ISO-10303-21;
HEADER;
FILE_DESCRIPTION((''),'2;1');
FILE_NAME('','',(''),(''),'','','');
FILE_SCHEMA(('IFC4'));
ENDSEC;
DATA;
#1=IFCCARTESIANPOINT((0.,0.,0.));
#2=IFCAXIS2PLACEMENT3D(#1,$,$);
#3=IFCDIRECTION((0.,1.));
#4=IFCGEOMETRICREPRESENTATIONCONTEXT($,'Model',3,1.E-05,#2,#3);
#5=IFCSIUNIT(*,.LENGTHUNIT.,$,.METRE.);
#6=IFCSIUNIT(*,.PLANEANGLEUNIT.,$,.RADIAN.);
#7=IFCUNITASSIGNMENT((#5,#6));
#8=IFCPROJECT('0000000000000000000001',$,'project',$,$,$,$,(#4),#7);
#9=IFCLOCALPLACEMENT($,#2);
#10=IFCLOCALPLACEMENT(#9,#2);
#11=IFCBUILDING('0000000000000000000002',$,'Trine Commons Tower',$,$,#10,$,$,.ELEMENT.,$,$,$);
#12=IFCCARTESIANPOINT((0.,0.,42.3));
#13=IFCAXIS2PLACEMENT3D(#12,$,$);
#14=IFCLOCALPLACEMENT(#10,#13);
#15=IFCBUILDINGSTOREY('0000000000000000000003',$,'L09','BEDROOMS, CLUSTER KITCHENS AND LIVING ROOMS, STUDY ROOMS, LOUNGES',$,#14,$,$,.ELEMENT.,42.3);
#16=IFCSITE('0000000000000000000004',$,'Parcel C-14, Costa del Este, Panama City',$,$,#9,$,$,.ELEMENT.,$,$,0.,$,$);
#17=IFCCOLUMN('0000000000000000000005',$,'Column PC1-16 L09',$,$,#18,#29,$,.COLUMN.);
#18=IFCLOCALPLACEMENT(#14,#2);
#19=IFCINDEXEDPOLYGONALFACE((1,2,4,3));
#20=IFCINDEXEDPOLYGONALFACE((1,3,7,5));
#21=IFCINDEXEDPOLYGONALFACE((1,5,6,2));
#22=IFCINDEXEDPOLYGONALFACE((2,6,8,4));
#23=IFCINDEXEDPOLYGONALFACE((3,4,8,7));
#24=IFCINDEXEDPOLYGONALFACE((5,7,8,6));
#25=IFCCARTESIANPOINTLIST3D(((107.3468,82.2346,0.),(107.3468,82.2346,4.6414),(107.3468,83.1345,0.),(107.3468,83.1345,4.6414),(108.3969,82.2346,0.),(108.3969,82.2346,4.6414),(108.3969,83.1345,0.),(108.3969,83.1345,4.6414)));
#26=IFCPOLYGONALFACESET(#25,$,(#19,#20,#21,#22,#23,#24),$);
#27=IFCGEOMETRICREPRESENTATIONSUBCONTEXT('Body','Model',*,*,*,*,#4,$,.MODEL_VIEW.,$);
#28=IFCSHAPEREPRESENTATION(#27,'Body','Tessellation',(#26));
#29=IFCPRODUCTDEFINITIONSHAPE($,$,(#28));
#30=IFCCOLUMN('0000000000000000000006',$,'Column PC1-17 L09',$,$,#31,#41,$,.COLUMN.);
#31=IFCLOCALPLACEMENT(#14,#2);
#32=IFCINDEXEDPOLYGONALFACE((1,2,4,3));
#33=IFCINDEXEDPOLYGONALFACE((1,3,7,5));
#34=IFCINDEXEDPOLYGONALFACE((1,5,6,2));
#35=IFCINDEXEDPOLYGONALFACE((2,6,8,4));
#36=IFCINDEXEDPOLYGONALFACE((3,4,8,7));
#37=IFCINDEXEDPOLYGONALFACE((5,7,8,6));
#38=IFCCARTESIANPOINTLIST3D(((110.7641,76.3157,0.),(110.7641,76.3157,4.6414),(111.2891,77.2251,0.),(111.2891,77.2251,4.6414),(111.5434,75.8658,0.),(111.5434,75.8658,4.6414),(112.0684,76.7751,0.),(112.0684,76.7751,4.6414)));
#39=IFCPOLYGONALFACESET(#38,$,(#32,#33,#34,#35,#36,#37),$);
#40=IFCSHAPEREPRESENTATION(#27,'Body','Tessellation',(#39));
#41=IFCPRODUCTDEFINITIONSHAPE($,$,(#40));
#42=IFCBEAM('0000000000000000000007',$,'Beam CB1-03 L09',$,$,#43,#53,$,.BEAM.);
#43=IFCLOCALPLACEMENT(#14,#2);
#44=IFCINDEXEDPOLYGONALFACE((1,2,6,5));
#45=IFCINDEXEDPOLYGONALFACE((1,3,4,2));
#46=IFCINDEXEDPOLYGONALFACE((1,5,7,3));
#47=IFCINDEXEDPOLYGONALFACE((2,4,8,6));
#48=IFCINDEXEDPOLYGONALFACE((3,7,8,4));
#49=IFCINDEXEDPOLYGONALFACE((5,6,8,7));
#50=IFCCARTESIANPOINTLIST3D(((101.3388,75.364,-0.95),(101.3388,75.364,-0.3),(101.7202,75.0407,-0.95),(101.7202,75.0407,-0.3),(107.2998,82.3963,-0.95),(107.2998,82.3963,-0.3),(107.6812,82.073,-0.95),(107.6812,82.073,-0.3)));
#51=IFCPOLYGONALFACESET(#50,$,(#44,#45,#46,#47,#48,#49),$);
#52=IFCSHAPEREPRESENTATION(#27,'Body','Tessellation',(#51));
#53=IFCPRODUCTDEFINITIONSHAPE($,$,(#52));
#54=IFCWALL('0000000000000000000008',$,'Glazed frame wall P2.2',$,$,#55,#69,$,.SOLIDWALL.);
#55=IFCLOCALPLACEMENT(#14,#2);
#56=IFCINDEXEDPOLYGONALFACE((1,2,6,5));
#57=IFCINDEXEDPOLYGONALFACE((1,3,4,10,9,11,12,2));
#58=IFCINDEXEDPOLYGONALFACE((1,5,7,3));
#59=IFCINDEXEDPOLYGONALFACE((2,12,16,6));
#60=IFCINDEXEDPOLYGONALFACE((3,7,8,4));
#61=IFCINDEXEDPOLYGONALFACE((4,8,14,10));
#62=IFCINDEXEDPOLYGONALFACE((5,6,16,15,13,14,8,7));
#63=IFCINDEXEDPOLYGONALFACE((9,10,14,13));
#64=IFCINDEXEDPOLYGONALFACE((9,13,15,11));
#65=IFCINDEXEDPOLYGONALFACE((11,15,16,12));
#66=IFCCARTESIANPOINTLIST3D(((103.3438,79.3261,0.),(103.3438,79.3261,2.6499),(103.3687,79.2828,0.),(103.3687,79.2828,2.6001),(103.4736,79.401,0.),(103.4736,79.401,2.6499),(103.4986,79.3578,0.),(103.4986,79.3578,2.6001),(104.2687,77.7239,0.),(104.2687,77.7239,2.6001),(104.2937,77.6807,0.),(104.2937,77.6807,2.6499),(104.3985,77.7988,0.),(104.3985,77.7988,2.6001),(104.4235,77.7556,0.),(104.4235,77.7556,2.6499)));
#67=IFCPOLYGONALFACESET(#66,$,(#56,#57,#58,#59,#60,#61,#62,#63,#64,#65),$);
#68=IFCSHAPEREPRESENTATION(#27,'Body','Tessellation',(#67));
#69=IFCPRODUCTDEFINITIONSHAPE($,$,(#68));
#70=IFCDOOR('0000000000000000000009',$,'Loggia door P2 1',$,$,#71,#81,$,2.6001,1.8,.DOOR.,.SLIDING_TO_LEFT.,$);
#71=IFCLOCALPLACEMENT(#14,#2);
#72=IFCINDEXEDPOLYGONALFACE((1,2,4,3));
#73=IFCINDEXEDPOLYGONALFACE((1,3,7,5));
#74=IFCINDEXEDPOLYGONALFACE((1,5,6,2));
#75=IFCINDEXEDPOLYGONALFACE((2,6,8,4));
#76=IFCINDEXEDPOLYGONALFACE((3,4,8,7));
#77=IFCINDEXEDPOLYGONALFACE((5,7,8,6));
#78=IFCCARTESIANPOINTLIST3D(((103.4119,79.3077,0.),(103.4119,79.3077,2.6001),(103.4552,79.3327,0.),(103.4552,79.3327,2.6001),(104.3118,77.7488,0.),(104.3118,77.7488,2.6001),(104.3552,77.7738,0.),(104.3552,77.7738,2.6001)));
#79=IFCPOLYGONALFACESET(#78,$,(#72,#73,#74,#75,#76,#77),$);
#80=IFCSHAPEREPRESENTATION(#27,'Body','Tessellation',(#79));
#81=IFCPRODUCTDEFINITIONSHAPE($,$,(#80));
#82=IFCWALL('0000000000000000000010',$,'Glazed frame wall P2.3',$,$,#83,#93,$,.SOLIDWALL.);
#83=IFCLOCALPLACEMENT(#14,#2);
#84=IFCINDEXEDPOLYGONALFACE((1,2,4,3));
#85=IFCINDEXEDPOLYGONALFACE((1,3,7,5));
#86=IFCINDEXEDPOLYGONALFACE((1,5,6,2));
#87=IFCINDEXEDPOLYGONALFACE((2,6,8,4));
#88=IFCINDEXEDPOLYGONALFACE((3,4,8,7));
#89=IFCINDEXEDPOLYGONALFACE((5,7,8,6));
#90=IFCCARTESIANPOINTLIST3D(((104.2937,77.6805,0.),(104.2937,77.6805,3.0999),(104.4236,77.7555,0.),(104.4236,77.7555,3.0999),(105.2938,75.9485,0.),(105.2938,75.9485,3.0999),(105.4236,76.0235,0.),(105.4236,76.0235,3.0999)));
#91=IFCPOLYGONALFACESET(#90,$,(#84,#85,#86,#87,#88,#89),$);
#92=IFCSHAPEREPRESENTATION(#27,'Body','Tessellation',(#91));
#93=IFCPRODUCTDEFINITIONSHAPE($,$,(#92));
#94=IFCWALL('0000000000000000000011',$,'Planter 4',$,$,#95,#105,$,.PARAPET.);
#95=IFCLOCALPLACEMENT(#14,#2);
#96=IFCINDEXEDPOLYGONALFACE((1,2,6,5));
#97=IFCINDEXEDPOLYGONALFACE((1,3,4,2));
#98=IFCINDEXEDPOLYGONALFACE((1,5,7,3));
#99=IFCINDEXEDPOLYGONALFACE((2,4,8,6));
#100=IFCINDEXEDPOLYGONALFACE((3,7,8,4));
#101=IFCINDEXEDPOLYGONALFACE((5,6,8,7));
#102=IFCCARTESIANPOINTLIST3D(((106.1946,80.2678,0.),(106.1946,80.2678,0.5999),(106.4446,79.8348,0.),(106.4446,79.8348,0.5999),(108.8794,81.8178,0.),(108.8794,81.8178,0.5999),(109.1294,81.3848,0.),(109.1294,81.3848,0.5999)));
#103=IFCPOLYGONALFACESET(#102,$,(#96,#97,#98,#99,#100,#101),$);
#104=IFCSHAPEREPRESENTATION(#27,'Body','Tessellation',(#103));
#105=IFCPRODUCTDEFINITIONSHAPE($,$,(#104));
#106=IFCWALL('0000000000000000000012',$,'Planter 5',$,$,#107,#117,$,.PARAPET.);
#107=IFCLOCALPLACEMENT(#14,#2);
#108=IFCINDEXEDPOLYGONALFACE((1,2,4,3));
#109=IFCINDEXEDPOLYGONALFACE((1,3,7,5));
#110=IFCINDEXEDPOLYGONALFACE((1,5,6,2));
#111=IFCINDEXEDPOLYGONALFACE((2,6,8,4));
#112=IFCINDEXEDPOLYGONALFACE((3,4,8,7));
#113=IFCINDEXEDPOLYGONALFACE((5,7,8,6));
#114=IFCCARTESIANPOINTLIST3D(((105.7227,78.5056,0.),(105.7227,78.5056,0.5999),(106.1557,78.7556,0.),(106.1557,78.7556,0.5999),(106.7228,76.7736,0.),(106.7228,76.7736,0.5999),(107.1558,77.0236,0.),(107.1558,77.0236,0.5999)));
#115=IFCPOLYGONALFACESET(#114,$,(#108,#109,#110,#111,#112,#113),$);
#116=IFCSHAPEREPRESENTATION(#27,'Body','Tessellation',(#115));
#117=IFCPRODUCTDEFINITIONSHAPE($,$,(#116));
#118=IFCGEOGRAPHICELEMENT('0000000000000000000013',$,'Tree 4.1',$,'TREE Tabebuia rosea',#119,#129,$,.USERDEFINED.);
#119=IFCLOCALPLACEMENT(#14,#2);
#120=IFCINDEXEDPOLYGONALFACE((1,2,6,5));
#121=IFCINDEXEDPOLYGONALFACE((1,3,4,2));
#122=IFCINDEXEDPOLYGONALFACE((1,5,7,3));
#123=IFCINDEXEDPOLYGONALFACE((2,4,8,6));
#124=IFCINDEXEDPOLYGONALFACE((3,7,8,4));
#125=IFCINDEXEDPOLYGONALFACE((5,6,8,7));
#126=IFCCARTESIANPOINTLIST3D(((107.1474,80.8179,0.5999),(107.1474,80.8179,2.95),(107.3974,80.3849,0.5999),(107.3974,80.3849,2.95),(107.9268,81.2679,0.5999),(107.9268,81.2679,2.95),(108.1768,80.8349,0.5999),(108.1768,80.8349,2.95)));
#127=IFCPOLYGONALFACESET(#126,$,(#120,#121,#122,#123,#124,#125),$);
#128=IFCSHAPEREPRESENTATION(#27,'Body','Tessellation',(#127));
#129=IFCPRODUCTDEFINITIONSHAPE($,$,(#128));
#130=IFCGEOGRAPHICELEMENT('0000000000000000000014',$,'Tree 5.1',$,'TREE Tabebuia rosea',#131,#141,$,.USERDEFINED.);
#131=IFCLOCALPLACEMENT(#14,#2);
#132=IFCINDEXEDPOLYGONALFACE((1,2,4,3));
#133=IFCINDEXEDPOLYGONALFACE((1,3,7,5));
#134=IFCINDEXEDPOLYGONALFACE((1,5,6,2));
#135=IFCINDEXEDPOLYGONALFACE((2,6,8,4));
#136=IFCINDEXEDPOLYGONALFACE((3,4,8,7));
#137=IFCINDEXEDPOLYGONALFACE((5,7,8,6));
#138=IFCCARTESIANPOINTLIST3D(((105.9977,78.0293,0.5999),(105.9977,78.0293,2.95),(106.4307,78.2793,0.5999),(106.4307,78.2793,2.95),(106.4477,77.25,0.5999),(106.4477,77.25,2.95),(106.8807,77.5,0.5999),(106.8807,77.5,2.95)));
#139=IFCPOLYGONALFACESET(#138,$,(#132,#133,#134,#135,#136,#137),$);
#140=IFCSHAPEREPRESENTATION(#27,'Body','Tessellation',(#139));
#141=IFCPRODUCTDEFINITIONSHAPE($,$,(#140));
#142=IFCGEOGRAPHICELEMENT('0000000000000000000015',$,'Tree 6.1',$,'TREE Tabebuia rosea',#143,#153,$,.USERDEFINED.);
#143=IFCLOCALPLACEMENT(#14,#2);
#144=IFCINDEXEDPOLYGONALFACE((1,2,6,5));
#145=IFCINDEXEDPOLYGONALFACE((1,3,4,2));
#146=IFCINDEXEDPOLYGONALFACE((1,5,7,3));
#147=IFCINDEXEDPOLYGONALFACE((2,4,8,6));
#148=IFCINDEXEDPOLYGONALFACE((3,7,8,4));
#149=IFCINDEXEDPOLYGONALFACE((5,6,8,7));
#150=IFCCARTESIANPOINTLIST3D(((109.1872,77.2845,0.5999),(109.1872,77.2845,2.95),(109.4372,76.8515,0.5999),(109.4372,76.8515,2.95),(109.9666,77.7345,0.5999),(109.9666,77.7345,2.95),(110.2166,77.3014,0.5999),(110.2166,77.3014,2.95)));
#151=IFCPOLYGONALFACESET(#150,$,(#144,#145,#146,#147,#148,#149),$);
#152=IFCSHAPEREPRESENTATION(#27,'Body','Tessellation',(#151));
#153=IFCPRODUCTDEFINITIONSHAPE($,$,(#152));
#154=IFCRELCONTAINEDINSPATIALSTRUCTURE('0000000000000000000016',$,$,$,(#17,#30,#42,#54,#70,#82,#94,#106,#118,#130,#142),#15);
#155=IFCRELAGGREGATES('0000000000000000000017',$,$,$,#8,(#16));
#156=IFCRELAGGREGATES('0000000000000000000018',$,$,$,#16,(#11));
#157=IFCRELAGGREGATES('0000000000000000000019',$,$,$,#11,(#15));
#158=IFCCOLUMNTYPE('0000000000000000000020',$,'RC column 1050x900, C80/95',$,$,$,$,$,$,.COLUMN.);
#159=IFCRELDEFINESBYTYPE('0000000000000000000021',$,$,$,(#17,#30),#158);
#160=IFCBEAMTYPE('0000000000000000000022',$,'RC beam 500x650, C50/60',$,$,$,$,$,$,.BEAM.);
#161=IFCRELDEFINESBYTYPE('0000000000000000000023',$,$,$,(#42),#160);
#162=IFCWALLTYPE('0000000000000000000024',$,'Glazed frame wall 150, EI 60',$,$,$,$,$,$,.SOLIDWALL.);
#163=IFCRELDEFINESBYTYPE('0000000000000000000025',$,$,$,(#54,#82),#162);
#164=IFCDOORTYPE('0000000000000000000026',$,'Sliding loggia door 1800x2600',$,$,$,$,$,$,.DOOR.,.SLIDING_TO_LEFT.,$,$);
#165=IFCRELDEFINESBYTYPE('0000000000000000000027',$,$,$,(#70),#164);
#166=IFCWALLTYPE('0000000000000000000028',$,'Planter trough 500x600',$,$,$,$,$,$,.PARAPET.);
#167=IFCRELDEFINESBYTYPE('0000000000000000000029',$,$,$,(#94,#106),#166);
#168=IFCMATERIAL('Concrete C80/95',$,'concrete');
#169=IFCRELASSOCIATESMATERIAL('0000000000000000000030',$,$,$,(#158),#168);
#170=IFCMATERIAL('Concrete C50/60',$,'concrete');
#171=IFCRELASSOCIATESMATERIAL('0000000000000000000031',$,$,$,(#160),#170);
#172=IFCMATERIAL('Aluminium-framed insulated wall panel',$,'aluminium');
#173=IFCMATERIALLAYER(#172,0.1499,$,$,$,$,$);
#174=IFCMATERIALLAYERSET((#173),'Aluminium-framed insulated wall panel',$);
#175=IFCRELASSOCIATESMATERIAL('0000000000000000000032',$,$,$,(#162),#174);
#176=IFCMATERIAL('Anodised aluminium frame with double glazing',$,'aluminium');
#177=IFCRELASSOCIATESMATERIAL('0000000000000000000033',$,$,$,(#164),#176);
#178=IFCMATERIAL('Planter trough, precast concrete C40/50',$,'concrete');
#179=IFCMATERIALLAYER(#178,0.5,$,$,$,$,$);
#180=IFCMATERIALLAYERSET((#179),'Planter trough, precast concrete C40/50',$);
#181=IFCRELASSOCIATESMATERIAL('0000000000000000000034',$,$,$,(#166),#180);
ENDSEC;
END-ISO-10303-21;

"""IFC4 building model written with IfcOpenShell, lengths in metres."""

from ifc_helpers import new_model, si_unit, direction, frame, frame_2d, origin, origin_2d, place, context, subcontext, project, spatial, polyline, rectangle, outline, extrude, material, layer, layer_set, material_profile, profile_set, type_object, element, fill, save


model = new_model("IFC4")

# Units and contexts
model_context = context("Model", 3, precision=1e-05, world=origin(), true_north=direction((0.0, 1.0)))
body_context = subcontext(model_context, "Body", "Model", "MODEL_VIEW")
ifc_project = project(units=[si_unit("LENGTHUNIT", "METRE"), si_unit("PLANEANGLEUNIT", "RADIAN")], contexts=[model_context])

# Site, building, storey
site_placement = place(None, origin())
site = spatial("IfcSite", under=ifc_project, at=site_placement, Name="Parcel C-14, Costa del Este, Panama City", CompositionType="ELEMENT", RefElevation=0.0)
building_placement = place(site_placement, origin())
building = spatial("IfcBuilding", under=site, at=building_placement, Name="Trine Commons Tower", CompositionType="ELEMENT")
storey_placement = place(building_placement, frame((0.0, 0.0, 42.3)))
storey = spatial("IfcBuildingStorey", under=building, at=storey_placement, Name="L09", Description="BEDROOMS, CLUSTER KITCHENS AND LIVING ROOMS, STUDY ROOMS, LOUNGES", CompositionType="ELEMENT", Elevation=42.3)

# Columns
ifc_material_1 = material(Name="Concrete C80/95", Category="concrete")
ifc_material_profile_1 = material_profile(ifc_material_1, rectangle(XDim=1.05, YDim=0.8999, at=origin_2d()), Name="RC 1050x900")
ifc_profile_set_1 = profile_set([ifc_material_profile_1], Name="Concrete C80/95")
column_type = type_object("IfcColumnType", Name="RC column 1050x900, C80/95", PredefinedType="COLUMN", material=ifc_profile_set_1)
for number, where, z_axis, x_axis, name in (
    (1, (107.8718, 82.6846, 0.0), (0.0, 0.0, 1.0), (1.0, 0.0, 0.0), "Column PC1-16 L09"),
    (2, (111.4163, 76.5454, 0.0), (0.0, 0.0, 1.0), (0.5, 0.866025, 0.0), "Column PC1-17 L09"),
):
    element("IfcColumn", number, at=place(storey_placement, frame(where, z_axis=z_axis, x_axis=x_axis)), inside=storey, type_object=column_type, Name=name, PredefinedType="COLUMN", context=body_context, shape_type="SweptSolid", body=[
        extrude(rectangle(XDim=1.05, YDim=0.8999, at=origin_2d()), origin(), (0.0, 0.0, 1.0), 4.6414),
    ])

# Beam
ifc_material_2 = material(Name="Concrete C50/60", Category="concrete")
ifc_material_profile_2 = material_profile(ifc_material_2, rectangle(XDim=0.5, YDim=0.6499, at=origin_2d()), Name="RC 500x650")
ifc_profile_set_2 = profile_set([ifc_material_profile_2], Name="Concrete C50/60")
beam_type = type_object("IfcBeamType", Name="RC beam 500x650, C50/60", PredefinedType="BEAM", material=ifc_profile_set_2)
beam_placement = place(storey_placement, frame((107.4905, 82.2346, -0.625), z_axis=(-0.646612, -0.762819, 0.0), x_axis=(0.762819, -0.646612, 0.0)))
element("IfcBeam", 3, at=beam_placement, inside=storey, type_object=beam_type, Name="Beam CB1-03 L09", PredefinedType="BEAM", context=body_context, shape_type="SweptSolid", body=[
    extrude(rectangle(XDim=0.5, YDim=0.6499, at=origin_2d()), origin(), (0.0, 0.0, 1.0), 9.2188),
])

# Shared definitions
ifc_material_3 = material(Name="Aluminium-framed insulated wall panel", Category="aluminium")
ifc_layer_1 = layer(ifc_material_3, 0.1499)
ifc_layer_set_1 = layer_set([ifc_layer_1], Name="Aluminium-framed insulated wall panel")
wall_type_1 = type_object("IfcWallType", Name="Glazed frame wall 150, EI 60", PredefinedType="SOLIDWALL", material=ifc_layer_set_1)

# Wall, opening, door
wall_1_placement = place(storey_placement, frame((103.4087, 79.3635, 0.0), z_axis=(0.0, 0.0, 1.0), x_axis=(0.499967, -0.866044, 0.0)))
wall_1 = element("IfcWall", 4, at=wall_1_placement, inside=storey, type_object=wall_type_1, Name="Glazed frame wall P2.2", PredefinedType="SOLIDWALL", context=body_context, shape_type="SweptSolid", body=[
    extrude(outline(polyline([(0.0, -0.075), (1.8999, -0.075), (1.8999, 0.075), (0.0, 0.075), (0.0, -0.075)])), origin(), (0.0, 0.0, 1.0), 2.6499),
])
opening_placement = place(wall_1_placement, frame((0.05, 0.0, 0.0)))
opening = element("IfcOpeningElement", 5, at=opening_placement, cuts=wall_1, PredefinedType="OPENING", context=body_context, shape_type="SweptSolid", body=[
    extrude(rectangle(XDim=1.8, YDim=2.6001, at=frame_2d((0.8999, 1.3))), frame((0.0, 0.085, 0.0), z_axis=(0.0, -1.0, 0.0), x_axis=(1.0, 0.0, 0.0)), (0.0, 0.0, 1.0), 0.1699),
])
ifc_material_4 = material(Name="Anodised aluminium frame with double glazing", Category="aluminium")
door_type = type_object("IfcDoorType", Name="Sliding loggia door 1800x2600", OperationType="SLIDING_TO_LEFT", PredefinedType="DOOR", material=ifc_material_4)
door_placement = place(opening_placement, origin())
door = element("IfcDoor", 6, at=door_placement, inside=storey, type_object=door_type, Name="Loggia door P2 1", OperationType="SLIDING_TO_LEFT", OverallHeight=2.6001, OverallWidth=1.8, PredefinedType="DOOR", context=body_context, shape_type="SweptSolid", body=[
    extrude(rectangle(XDim=1.8, YDim=2.6001, at=frame_2d((0.8999, 1.3))), frame((0.0, 0.0249, 0.0), z_axis=(0.0, -1.0, 0.0), x_axis=(1.0, 0.0, 0.0)), (0.0, 0.0, 1.0), 0.05),
])
fill(opening, door)

# Walls
wall_2_placement = place(storey_placement, frame((104.3586, 77.718, 0.0), z_axis=(0.0, 0.0, 1.0), x_axis=(0.500025, -0.866011, 0.0)))
element("IfcWall", 7, at=wall_2_placement, inside=storey, type_object=wall_type_1, Name="Glazed frame wall P2.3", PredefinedType="SOLIDWALL", context=body_context, shape_type="SweptSolid", body=[
    extrude(outline(polyline([(0.0, -0.075), (2.0, -0.075), (2.0, 0.075), (0.0, 0.075), (0.0, -0.075)])), origin(), (0.0, 0.0, 1.0), 3.0999),
])
ifc_material_5 = material(Name="Planter trough, precast concrete C40/50", Category="concrete")
ifc_layer_2 = layer(ifc_material_5, 0.5)
ifc_layer_set_2 = layer_set([ifc_layer_2], Name="Planter trough, precast concrete C40/50")
wall_type_2 = type_object("IfcWallType", Name="Planter trough 500x600", PredefinedType="PARAPET", material=ifc_layer_set_2)
wall_3_placement = place(storey_placement, frame((109.0044, 81.6013, 0.0), z_axis=(0.0, 0.0, 1.0), x_axis=(-0.86603, -0.499993, 0.0)))
element("IfcWall", 8, at=wall_3_placement, inside=storey, type_object=wall_type_2, Name="Planter 4", PredefinedType="PARAPET", context=body_context, shape_type="SweptSolid", body=[
    extrude(rectangle(XDim=3.1001, YDim=0.5, at=frame_2d((1.55, 0.0))), origin(), (0.0, 0.0, 1.0), 0.5999),
])
wall_4_placement = place(storey_placement, frame((105.9392, 78.6306, 0.0), z_axis=(0.0, 0.0, 1.0), x_axis=(0.500025, -0.866011, 0.0)))
element("IfcWall", 9, at=wall_4_placement, inside=storey, type_object=wall_type_2, Name="Planter 5", PredefinedType="PARAPET", context=body_context, shape_type="SweptSolid", body=[
    extrude(rectangle(XDim=2.0, YDim=0.5, at=frame_2d((1.0, 0.0))), origin(), (0.0, 0.0, 1.0), 0.5999),
])

# Geographic elements
for number, where, z_axis, x_axis, name in (
    (10, (107.6621, 80.8264, 0.5999), (0.0, 0.0, 1.0), (-0.866026, -0.499998, 0.0), "Tree 4.1"),
    (11, (106.4392, 77.7646, 0.5999), (0.0, 0.0, 1.0), (0.500011, -0.866019, 0.0), "Tree 5.1"),
    (12, (109.7019, 77.293, 0.5999), (0.0, 0.0, 1.0), (0.866026, 0.499998, 0.0), "Tree 6.1"),
):
    element("IfcGeographicElement", number, at=place(storey_placement, frame(where, z_axis=z_axis, x_axis=x_axis)), inside=storey, Name=name, ObjectType="TREE Tabebuia rosea", PredefinedType="USERDEFINED", context=body_context, shape_type="SweptSolid", body=[
        extrude(rectangle(XDim=0.8999, YDim=0.5, at=origin_2d()), origin(), (0.0, 0.0, 1.0), 2.3501),
    ])

save(model, "model.ifc")
